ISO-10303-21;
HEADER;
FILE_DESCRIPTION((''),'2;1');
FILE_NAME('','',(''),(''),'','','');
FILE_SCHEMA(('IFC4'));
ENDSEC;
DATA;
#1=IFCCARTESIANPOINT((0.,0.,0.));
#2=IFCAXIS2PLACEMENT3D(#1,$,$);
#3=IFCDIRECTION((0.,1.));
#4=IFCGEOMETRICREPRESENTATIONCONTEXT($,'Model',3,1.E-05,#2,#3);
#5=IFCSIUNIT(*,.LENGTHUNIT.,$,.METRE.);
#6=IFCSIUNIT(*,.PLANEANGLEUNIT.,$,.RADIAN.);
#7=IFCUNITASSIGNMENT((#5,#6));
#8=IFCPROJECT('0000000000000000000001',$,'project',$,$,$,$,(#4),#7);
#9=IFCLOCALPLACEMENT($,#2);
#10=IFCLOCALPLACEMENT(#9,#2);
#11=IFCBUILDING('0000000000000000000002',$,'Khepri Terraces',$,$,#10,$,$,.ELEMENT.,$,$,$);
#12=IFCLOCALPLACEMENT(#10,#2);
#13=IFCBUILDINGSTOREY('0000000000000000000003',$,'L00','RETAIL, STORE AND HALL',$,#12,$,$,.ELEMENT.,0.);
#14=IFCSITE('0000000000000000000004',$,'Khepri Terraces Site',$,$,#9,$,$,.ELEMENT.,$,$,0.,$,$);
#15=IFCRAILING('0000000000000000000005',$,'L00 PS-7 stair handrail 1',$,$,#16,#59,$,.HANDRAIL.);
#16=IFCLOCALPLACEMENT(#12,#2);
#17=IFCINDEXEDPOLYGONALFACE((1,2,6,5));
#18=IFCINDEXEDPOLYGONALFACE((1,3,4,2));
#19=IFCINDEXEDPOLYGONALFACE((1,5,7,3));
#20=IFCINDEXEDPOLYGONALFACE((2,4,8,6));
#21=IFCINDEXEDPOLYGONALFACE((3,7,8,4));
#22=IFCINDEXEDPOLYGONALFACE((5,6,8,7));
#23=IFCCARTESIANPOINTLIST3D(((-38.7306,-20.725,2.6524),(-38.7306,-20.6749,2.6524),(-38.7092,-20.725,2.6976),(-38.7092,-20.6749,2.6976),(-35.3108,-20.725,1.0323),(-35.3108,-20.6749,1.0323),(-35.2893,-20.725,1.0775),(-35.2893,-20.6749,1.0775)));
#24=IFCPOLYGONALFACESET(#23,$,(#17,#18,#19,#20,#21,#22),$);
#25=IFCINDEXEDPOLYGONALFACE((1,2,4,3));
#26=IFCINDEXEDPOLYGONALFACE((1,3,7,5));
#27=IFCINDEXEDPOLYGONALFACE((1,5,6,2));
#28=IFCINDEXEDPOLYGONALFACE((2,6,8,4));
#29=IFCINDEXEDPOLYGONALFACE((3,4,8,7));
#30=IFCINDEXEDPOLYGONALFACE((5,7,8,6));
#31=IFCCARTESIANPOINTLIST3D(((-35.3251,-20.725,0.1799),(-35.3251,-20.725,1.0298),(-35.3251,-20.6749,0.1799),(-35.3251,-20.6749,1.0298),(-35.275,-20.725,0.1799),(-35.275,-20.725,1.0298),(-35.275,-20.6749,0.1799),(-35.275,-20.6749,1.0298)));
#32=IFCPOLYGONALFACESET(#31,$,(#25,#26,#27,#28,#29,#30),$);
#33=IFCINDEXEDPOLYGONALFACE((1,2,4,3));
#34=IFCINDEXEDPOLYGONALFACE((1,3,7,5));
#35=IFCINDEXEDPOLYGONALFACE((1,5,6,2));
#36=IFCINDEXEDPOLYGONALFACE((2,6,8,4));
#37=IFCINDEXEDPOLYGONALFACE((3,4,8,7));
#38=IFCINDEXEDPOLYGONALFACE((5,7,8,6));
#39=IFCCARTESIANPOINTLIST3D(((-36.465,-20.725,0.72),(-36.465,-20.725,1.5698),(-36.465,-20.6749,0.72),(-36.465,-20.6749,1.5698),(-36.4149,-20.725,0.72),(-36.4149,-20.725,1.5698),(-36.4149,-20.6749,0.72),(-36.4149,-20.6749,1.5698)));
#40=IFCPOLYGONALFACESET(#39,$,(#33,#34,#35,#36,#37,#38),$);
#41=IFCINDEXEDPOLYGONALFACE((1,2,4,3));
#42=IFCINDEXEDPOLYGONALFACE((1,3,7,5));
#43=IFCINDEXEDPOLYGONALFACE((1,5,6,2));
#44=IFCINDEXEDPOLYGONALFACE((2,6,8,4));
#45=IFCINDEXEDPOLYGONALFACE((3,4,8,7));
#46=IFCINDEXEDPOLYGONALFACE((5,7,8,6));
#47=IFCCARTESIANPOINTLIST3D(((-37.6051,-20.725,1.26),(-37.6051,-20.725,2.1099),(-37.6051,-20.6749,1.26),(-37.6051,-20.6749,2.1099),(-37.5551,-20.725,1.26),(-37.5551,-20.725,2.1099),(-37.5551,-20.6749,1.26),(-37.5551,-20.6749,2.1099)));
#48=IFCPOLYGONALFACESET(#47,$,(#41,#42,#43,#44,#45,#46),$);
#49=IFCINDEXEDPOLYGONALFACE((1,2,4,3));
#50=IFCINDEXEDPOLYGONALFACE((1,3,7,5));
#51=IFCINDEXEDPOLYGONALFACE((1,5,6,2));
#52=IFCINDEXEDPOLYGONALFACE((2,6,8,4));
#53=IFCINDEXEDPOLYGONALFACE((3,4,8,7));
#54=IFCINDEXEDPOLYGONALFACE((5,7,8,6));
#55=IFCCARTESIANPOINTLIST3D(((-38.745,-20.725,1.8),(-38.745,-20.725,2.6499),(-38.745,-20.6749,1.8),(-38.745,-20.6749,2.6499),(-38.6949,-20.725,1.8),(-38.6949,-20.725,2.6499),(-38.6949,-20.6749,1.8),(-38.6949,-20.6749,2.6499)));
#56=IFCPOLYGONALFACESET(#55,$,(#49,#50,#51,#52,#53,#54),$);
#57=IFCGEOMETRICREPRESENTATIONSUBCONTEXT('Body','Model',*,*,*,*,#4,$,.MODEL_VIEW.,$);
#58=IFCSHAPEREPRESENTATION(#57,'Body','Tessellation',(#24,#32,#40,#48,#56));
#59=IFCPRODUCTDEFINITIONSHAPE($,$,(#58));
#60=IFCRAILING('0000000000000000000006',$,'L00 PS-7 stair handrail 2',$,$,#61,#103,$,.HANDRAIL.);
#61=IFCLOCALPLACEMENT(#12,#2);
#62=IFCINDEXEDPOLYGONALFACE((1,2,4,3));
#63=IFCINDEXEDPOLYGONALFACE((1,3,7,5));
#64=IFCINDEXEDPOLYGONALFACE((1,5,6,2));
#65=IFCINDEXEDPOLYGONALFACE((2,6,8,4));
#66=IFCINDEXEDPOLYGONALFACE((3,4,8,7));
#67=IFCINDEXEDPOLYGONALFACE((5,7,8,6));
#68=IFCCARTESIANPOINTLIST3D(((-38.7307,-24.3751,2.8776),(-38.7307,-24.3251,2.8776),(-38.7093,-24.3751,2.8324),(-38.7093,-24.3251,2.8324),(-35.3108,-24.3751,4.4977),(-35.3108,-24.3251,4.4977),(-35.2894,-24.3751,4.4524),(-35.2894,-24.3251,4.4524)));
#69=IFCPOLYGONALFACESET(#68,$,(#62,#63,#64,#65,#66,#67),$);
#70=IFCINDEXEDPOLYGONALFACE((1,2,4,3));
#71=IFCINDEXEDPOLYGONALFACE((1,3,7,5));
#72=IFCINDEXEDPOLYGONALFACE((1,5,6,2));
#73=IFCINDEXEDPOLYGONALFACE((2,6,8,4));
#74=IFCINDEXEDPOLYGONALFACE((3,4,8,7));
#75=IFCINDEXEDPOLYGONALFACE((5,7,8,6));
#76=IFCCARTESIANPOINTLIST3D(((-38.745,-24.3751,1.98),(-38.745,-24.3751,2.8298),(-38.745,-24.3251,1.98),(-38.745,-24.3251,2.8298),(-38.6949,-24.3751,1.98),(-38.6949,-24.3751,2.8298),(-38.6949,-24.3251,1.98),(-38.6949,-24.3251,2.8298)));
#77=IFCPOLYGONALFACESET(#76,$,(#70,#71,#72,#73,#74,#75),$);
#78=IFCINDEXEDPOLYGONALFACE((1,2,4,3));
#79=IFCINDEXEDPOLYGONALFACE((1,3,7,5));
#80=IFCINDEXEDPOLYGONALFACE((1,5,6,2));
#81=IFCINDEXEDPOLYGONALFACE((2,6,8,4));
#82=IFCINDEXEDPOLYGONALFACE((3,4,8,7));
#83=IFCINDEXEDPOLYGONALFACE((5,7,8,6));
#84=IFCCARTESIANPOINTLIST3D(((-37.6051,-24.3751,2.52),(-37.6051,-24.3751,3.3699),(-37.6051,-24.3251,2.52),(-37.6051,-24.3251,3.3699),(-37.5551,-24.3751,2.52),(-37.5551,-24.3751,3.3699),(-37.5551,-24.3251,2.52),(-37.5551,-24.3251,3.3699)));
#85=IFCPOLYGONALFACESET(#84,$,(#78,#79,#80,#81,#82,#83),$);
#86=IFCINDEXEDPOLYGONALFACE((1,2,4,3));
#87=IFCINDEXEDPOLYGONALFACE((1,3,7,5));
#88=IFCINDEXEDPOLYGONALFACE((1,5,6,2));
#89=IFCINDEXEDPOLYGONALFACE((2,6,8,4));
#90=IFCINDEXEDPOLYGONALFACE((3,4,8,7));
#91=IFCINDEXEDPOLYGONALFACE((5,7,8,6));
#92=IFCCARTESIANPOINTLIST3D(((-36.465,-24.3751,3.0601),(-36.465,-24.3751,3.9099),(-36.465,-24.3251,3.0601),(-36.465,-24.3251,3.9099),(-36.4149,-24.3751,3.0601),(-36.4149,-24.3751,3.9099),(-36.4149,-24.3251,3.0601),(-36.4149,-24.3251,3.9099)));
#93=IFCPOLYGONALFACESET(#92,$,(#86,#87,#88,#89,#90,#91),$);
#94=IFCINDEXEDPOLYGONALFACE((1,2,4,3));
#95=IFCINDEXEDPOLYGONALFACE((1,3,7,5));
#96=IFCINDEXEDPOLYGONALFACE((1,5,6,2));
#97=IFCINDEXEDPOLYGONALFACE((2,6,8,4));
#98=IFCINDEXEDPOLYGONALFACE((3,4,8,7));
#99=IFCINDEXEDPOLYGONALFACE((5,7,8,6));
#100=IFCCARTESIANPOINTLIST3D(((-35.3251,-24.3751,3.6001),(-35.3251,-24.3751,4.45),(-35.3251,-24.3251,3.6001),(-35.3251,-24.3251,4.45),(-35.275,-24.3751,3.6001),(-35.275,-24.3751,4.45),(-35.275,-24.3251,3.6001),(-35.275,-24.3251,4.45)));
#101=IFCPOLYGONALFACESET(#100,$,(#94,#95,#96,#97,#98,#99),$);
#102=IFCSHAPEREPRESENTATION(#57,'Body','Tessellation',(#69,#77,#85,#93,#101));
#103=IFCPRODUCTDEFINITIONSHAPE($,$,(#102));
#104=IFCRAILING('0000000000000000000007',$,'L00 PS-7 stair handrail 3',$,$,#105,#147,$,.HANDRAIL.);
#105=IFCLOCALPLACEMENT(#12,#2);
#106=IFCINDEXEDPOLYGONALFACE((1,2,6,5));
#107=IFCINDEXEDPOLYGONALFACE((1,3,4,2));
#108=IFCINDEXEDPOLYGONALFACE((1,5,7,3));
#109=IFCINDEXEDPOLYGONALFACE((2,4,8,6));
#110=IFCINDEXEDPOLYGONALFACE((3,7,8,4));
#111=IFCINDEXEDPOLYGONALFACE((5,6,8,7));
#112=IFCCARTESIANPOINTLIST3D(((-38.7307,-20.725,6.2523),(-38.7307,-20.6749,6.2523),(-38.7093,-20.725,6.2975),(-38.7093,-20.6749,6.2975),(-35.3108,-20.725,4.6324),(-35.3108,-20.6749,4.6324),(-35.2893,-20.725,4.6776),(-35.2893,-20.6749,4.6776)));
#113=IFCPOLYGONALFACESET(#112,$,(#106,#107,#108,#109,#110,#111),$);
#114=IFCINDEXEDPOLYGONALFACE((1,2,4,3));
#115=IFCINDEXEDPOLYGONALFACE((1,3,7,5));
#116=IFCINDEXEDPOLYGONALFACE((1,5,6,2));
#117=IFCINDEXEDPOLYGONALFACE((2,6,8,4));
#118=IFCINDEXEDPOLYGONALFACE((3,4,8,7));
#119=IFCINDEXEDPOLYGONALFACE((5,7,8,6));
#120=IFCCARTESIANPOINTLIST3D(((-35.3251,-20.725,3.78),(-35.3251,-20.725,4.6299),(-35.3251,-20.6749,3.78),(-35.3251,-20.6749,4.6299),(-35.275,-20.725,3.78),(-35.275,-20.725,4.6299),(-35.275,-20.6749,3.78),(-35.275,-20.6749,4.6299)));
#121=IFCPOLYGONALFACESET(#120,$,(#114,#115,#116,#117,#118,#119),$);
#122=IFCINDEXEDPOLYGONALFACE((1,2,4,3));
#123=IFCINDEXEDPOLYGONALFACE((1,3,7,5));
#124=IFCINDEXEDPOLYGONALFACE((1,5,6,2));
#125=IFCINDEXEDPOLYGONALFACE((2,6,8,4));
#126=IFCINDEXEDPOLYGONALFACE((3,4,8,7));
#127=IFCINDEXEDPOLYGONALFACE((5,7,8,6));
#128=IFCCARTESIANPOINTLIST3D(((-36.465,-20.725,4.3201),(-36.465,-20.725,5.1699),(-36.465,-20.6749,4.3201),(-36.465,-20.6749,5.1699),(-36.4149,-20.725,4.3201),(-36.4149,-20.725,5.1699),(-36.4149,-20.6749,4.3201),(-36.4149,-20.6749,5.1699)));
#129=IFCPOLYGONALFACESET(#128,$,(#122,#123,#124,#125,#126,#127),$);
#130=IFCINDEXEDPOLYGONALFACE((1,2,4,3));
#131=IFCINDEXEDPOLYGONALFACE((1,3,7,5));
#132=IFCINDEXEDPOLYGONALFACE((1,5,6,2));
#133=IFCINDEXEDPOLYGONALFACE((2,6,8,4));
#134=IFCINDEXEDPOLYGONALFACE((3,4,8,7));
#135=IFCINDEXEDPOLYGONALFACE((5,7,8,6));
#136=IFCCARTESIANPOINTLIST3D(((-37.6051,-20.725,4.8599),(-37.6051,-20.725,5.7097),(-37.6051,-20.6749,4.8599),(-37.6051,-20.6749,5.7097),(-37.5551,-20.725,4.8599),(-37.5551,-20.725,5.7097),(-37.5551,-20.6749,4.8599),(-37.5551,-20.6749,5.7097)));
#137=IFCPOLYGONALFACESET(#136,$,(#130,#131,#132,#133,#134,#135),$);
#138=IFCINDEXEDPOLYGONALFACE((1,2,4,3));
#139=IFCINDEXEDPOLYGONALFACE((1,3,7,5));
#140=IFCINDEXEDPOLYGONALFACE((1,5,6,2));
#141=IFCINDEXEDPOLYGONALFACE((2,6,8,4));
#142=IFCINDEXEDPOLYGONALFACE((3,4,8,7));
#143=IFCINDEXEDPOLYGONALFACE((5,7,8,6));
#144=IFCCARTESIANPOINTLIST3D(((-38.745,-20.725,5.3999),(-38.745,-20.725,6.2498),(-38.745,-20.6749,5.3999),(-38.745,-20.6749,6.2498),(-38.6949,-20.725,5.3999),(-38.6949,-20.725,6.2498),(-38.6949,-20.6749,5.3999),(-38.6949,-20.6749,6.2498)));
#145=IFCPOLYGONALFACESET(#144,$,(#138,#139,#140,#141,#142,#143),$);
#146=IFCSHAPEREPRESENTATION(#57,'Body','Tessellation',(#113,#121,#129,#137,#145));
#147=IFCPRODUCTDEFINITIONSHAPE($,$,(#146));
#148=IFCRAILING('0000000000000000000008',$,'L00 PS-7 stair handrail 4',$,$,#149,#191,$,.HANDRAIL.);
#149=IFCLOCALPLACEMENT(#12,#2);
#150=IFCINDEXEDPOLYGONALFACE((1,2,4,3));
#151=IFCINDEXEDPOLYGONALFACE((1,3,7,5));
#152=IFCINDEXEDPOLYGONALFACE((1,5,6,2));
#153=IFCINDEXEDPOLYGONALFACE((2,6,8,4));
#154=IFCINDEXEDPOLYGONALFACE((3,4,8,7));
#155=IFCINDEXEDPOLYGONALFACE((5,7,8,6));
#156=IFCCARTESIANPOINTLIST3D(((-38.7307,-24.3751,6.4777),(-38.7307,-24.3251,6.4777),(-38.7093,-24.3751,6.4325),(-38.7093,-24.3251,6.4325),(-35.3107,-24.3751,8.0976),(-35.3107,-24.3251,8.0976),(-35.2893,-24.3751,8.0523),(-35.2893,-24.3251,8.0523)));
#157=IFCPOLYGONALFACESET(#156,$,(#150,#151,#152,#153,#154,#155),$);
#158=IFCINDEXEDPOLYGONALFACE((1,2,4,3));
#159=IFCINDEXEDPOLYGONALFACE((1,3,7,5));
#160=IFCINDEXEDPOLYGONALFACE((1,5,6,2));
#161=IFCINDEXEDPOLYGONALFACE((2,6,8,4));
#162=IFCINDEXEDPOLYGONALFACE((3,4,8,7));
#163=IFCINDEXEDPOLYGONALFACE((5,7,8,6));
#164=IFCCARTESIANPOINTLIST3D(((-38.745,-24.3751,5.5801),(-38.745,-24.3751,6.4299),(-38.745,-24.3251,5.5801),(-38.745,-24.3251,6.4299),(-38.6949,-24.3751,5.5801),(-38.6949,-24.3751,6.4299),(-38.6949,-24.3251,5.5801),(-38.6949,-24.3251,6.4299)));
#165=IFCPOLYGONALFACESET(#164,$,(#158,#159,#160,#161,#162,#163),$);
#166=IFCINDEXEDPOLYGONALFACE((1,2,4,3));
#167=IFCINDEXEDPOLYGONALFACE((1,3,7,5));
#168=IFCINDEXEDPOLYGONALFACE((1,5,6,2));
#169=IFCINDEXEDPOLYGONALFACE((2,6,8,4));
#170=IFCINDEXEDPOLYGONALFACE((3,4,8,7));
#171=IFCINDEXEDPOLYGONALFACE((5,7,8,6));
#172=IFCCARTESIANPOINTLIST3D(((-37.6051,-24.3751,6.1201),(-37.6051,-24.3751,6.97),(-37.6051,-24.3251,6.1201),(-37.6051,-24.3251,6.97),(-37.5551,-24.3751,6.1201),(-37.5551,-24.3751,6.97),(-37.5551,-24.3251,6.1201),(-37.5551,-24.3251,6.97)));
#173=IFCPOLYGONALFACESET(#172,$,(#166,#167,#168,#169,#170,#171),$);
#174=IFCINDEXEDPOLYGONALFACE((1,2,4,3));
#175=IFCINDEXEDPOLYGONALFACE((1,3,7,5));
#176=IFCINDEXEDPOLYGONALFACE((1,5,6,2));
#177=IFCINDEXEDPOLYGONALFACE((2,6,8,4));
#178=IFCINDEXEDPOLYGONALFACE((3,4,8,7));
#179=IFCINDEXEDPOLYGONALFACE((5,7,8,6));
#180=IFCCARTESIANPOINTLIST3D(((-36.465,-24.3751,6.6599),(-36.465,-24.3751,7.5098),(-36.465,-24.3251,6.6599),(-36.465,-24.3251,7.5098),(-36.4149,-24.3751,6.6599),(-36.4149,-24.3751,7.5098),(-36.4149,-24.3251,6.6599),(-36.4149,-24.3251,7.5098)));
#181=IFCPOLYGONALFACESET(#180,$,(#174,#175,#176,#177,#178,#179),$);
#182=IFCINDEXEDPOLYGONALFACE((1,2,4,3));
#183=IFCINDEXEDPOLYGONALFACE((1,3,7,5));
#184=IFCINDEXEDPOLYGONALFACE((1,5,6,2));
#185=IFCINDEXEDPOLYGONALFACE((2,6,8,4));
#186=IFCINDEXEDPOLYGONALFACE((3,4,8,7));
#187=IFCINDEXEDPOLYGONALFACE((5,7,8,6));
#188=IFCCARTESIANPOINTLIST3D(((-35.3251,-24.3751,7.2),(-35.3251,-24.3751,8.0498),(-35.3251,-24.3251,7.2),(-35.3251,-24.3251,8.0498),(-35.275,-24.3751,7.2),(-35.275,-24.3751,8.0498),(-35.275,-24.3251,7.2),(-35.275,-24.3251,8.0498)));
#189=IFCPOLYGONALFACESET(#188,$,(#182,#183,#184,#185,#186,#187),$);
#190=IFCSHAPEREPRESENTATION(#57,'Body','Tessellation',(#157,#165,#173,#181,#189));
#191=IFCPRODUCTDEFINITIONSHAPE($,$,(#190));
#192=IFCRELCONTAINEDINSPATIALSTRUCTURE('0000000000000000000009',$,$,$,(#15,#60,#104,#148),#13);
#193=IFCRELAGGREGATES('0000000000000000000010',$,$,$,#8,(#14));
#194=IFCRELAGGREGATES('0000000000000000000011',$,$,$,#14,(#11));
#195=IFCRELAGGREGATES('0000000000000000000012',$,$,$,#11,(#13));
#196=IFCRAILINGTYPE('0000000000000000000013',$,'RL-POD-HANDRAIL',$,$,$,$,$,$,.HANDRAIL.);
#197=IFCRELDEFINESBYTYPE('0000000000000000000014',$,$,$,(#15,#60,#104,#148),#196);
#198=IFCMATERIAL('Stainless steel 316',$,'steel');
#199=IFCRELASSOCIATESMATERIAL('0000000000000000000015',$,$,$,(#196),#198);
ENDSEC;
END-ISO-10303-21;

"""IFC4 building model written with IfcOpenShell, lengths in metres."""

from ifc_helpers import new_model, si_unit, direction, frame, origin, origin_2d, place, context, subcontext, project, spatial, rectangle, extrude, material, type_object, element, save


model = new_model("IFC4")

# Units and contexts
model_context = context("Model", 3, precision=1e-05, world=origin(), true_north=direction((0.0, 1.0)))
body_context = subcontext(model_context, "Body", "Model", "MODEL_VIEW")
ifc_project = project(units=[si_unit("LENGTHUNIT", "METRE"), si_unit("PLANEANGLEUNIT", "RADIAN")], contexts=[model_context])

# Site, building, storey
site_placement = place(None, origin())
site = spatial("IfcSite", under=ifc_project, at=site_placement, Name="Khepri Terraces Site", CompositionType="ELEMENT", RefElevation=0.0)
building_placement = place(site_placement, origin())
building = spatial("IfcBuilding", under=site, at=building_placement, Name="Khepri Terraces", CompositionType="ELEMENT")
storey_placement = place(building_placement, origin())
storey = spatial("IfcBuildingStorey", under=building, at=storey_placement, Name="L00", Description="RETAIL, STORE AND HALL", CompositionType="ELEMENT", Elevation=0.0)

# Railings
ifc_material_1 = material(Name="Stainless steel 316", Category="steel")
railing_type_1 = type_object("IfcRailingType", Name="RL-POD-HANDRAIL", PredefinedType="HANDRAIL", material=ifc_material_1)
railing_1_placement = place(storey_placement, frame((-35.3, -20.7, 0.1799)))
element("IfcRailing", 1, at=railing_1_placement, inside=storey, type_object=railing_type_1, Name="L00 PS-7 stair handrail 1", PredefinedType="HANDRAIL", context=body_context, shape_type="SweptSolid", body=[
    extrude(rectangle(XDim=0.05, YDim=0.05, at=origin_2d()), frame((0.0, 0.0, 0.875), z_axis=(-0.903722, 0.0, 0.42812), x_axis=(0.0, -1.0, 0.0)), (0.0, 0.0, 1.0), 3.7842),
    extrude(rectangle(XDim=0.05, YDim=0.05, at=origin_2d()), origin(), (0.0, 0.0, 1.0), 0.8499),
    extrude(rectangle(XDim=0.05, YDim=0.05, at=origin_2d()), frame((-1.1399, 0.0, 0.54)), (0.0, 0.0, 1.0), 0.8499),
    extrude(rectangle(XDim=0.05, YDim=0.05, at=origin_2d()), frame((-2.28, 0.0, 1.0801)), (0.0, 0.0, 1.0), 0.8499),
    extrude(rectangle(XDim=0.05, YDim=0.05, at=origin_2d()), frame((-3.4199, 0.0, 1.6201)), (0.0, 0.0, 1.0), 0.8499),
])
railing_2_placement = place(storey_placement, frame((-38.72, -24.3501, 1.98)))
element("IfcRailing", 2, at=railing_2_placement, inside=storey, type_object=railing_type_1, Name="L00 PS-7 stair handrail 2", PredefinedType="HANDRAIL", context=body_context, shape_type="SweptSolid", body=[
    extrude(rectangle(XDim=0.05, YDim=0.05, at=origin_2d()), frame((0.0, 0.0, 0.875), z_axis=(0.903722, 0.0, 0.42812), x_axis=(0.0, 1.0, 0.0)), (0.0, 0.0, 1.0), 3.7842),
    extrude(rectangle(XDim=0.05, YDim=0.05, at=origin_2d()), origin(), (0.0, 0.0, 1.0), 0.8499),
    extrude(rectangle(XDim=0.05, YDim=0.05, at=origin_2d()), frame((1.1399, 0.0, 0.54)), (0.0, 0.0, 1.0), 0.8499),
    extrude(rectangle(XDim=0.05, YDim=0.05, at=origin_2d()), frame((2.28, 0.0, 1.0801)), (0.0, 0.0, 1.0), 0.8499),
    extrude(rectangle(XDim=0.05, YDim=0.05, at=origin_2d()), frame((3.4199, 0.0, 1.6201)), (0.0, 0.0, 1.0), 0.8499),
])
railing_3_placement = place(storey_placement, frame((-35.3, -20.7, 3.78)))
element("IfcRailing", 3, at=railing_3_placement, inside=storey, type_object=railing_type_1, Name="L00 PS-7 stair handrail 3", PredefinedType="HANDRAIL", context=body_context, shape_type="SweptSolid", body=[
    extrude(rectangle(XDim=0.05, YDim=0.05, at=origin_2d()), frame((0.0, 0.0, 0.875), z_axis=(-0.903747, 0.0, 0.428067), x_axis=(0.0, -1.0, 0.0)), (0.0, 0.0, 1.0), 3.7842),
    extrude(rectangle(XDim=0.05, YDim=0.05, at=origin_2d()), origin(), (0.0, 0.0, 1.0), 0.8499),
    extrude(rectangle(XDim=0.05, YDim=0.05, at=origin_2d()), frame((-1.1399, 0.0, 0.54)), (0.0, 0.0, 1.0), 0.8499),
    extrude(rectangle(XDim=0.05, YDim=0.05, at=origin_2d()), frame((-2.28, 0.0, 1.0798)), (0.0, 0.0, 1.0), 0.8499),
    extrude(rectangle(XDim=0.05, YDim=0.05, at=origin_2d()), frame((-3.4199, 0.0, 1.6199)), (0.0, 0.0, 1.0), 0.8499),
])
railing_4_placement = place(storey_placement, frame((-38.72, -24.3501, 5.5801)))
element("IfcRailing", 4, at=railing_4_placement, inside=storey, type_object=railing_type_1, Name="L00 PS-7 stair handrail 4", PredefinedType="HANDRAIL", context=body_context, shape_type="SweptSolid", body=[
    extrude(rectangle(XDim=0.05, YDim=0.05, at=origin_2d()), frame((0.0, 0.0, 0.875), z_axis=(0.903747, 0.0, 0.428067), x_axis=(0.0, 1.0, 0.0)), (0.0, 0.0, 1.0), 3.7842),
    extrude(rectangle(XDim=0.05, YDim=0.05, at=origin_2d()), origin(), (0.0, 0.0, 1.0), 0.8499),
    extrude(rectangle(XDim=0.05, YDim=0.05, at=origin_2d()), frame((1.1399, 0.0, 0.54)), (0.0, 0.0, 1.0), 0.8499),
    extrude(rectangle(XDim=0.05, YDim=0.05, at=origin_2d()), frame((2.28, 0.0, 1.0798)), (0.0, 0.0, 1.0), 0.8499),
    extrude(rectangle(XDim=0.05, YDim=0.05, at=origin_2d()), frame((3.4199, 0.0, 1.6199)), (0.0, 0.0, 1.0), 0.8499),
])

save(model, "model.ifc")
